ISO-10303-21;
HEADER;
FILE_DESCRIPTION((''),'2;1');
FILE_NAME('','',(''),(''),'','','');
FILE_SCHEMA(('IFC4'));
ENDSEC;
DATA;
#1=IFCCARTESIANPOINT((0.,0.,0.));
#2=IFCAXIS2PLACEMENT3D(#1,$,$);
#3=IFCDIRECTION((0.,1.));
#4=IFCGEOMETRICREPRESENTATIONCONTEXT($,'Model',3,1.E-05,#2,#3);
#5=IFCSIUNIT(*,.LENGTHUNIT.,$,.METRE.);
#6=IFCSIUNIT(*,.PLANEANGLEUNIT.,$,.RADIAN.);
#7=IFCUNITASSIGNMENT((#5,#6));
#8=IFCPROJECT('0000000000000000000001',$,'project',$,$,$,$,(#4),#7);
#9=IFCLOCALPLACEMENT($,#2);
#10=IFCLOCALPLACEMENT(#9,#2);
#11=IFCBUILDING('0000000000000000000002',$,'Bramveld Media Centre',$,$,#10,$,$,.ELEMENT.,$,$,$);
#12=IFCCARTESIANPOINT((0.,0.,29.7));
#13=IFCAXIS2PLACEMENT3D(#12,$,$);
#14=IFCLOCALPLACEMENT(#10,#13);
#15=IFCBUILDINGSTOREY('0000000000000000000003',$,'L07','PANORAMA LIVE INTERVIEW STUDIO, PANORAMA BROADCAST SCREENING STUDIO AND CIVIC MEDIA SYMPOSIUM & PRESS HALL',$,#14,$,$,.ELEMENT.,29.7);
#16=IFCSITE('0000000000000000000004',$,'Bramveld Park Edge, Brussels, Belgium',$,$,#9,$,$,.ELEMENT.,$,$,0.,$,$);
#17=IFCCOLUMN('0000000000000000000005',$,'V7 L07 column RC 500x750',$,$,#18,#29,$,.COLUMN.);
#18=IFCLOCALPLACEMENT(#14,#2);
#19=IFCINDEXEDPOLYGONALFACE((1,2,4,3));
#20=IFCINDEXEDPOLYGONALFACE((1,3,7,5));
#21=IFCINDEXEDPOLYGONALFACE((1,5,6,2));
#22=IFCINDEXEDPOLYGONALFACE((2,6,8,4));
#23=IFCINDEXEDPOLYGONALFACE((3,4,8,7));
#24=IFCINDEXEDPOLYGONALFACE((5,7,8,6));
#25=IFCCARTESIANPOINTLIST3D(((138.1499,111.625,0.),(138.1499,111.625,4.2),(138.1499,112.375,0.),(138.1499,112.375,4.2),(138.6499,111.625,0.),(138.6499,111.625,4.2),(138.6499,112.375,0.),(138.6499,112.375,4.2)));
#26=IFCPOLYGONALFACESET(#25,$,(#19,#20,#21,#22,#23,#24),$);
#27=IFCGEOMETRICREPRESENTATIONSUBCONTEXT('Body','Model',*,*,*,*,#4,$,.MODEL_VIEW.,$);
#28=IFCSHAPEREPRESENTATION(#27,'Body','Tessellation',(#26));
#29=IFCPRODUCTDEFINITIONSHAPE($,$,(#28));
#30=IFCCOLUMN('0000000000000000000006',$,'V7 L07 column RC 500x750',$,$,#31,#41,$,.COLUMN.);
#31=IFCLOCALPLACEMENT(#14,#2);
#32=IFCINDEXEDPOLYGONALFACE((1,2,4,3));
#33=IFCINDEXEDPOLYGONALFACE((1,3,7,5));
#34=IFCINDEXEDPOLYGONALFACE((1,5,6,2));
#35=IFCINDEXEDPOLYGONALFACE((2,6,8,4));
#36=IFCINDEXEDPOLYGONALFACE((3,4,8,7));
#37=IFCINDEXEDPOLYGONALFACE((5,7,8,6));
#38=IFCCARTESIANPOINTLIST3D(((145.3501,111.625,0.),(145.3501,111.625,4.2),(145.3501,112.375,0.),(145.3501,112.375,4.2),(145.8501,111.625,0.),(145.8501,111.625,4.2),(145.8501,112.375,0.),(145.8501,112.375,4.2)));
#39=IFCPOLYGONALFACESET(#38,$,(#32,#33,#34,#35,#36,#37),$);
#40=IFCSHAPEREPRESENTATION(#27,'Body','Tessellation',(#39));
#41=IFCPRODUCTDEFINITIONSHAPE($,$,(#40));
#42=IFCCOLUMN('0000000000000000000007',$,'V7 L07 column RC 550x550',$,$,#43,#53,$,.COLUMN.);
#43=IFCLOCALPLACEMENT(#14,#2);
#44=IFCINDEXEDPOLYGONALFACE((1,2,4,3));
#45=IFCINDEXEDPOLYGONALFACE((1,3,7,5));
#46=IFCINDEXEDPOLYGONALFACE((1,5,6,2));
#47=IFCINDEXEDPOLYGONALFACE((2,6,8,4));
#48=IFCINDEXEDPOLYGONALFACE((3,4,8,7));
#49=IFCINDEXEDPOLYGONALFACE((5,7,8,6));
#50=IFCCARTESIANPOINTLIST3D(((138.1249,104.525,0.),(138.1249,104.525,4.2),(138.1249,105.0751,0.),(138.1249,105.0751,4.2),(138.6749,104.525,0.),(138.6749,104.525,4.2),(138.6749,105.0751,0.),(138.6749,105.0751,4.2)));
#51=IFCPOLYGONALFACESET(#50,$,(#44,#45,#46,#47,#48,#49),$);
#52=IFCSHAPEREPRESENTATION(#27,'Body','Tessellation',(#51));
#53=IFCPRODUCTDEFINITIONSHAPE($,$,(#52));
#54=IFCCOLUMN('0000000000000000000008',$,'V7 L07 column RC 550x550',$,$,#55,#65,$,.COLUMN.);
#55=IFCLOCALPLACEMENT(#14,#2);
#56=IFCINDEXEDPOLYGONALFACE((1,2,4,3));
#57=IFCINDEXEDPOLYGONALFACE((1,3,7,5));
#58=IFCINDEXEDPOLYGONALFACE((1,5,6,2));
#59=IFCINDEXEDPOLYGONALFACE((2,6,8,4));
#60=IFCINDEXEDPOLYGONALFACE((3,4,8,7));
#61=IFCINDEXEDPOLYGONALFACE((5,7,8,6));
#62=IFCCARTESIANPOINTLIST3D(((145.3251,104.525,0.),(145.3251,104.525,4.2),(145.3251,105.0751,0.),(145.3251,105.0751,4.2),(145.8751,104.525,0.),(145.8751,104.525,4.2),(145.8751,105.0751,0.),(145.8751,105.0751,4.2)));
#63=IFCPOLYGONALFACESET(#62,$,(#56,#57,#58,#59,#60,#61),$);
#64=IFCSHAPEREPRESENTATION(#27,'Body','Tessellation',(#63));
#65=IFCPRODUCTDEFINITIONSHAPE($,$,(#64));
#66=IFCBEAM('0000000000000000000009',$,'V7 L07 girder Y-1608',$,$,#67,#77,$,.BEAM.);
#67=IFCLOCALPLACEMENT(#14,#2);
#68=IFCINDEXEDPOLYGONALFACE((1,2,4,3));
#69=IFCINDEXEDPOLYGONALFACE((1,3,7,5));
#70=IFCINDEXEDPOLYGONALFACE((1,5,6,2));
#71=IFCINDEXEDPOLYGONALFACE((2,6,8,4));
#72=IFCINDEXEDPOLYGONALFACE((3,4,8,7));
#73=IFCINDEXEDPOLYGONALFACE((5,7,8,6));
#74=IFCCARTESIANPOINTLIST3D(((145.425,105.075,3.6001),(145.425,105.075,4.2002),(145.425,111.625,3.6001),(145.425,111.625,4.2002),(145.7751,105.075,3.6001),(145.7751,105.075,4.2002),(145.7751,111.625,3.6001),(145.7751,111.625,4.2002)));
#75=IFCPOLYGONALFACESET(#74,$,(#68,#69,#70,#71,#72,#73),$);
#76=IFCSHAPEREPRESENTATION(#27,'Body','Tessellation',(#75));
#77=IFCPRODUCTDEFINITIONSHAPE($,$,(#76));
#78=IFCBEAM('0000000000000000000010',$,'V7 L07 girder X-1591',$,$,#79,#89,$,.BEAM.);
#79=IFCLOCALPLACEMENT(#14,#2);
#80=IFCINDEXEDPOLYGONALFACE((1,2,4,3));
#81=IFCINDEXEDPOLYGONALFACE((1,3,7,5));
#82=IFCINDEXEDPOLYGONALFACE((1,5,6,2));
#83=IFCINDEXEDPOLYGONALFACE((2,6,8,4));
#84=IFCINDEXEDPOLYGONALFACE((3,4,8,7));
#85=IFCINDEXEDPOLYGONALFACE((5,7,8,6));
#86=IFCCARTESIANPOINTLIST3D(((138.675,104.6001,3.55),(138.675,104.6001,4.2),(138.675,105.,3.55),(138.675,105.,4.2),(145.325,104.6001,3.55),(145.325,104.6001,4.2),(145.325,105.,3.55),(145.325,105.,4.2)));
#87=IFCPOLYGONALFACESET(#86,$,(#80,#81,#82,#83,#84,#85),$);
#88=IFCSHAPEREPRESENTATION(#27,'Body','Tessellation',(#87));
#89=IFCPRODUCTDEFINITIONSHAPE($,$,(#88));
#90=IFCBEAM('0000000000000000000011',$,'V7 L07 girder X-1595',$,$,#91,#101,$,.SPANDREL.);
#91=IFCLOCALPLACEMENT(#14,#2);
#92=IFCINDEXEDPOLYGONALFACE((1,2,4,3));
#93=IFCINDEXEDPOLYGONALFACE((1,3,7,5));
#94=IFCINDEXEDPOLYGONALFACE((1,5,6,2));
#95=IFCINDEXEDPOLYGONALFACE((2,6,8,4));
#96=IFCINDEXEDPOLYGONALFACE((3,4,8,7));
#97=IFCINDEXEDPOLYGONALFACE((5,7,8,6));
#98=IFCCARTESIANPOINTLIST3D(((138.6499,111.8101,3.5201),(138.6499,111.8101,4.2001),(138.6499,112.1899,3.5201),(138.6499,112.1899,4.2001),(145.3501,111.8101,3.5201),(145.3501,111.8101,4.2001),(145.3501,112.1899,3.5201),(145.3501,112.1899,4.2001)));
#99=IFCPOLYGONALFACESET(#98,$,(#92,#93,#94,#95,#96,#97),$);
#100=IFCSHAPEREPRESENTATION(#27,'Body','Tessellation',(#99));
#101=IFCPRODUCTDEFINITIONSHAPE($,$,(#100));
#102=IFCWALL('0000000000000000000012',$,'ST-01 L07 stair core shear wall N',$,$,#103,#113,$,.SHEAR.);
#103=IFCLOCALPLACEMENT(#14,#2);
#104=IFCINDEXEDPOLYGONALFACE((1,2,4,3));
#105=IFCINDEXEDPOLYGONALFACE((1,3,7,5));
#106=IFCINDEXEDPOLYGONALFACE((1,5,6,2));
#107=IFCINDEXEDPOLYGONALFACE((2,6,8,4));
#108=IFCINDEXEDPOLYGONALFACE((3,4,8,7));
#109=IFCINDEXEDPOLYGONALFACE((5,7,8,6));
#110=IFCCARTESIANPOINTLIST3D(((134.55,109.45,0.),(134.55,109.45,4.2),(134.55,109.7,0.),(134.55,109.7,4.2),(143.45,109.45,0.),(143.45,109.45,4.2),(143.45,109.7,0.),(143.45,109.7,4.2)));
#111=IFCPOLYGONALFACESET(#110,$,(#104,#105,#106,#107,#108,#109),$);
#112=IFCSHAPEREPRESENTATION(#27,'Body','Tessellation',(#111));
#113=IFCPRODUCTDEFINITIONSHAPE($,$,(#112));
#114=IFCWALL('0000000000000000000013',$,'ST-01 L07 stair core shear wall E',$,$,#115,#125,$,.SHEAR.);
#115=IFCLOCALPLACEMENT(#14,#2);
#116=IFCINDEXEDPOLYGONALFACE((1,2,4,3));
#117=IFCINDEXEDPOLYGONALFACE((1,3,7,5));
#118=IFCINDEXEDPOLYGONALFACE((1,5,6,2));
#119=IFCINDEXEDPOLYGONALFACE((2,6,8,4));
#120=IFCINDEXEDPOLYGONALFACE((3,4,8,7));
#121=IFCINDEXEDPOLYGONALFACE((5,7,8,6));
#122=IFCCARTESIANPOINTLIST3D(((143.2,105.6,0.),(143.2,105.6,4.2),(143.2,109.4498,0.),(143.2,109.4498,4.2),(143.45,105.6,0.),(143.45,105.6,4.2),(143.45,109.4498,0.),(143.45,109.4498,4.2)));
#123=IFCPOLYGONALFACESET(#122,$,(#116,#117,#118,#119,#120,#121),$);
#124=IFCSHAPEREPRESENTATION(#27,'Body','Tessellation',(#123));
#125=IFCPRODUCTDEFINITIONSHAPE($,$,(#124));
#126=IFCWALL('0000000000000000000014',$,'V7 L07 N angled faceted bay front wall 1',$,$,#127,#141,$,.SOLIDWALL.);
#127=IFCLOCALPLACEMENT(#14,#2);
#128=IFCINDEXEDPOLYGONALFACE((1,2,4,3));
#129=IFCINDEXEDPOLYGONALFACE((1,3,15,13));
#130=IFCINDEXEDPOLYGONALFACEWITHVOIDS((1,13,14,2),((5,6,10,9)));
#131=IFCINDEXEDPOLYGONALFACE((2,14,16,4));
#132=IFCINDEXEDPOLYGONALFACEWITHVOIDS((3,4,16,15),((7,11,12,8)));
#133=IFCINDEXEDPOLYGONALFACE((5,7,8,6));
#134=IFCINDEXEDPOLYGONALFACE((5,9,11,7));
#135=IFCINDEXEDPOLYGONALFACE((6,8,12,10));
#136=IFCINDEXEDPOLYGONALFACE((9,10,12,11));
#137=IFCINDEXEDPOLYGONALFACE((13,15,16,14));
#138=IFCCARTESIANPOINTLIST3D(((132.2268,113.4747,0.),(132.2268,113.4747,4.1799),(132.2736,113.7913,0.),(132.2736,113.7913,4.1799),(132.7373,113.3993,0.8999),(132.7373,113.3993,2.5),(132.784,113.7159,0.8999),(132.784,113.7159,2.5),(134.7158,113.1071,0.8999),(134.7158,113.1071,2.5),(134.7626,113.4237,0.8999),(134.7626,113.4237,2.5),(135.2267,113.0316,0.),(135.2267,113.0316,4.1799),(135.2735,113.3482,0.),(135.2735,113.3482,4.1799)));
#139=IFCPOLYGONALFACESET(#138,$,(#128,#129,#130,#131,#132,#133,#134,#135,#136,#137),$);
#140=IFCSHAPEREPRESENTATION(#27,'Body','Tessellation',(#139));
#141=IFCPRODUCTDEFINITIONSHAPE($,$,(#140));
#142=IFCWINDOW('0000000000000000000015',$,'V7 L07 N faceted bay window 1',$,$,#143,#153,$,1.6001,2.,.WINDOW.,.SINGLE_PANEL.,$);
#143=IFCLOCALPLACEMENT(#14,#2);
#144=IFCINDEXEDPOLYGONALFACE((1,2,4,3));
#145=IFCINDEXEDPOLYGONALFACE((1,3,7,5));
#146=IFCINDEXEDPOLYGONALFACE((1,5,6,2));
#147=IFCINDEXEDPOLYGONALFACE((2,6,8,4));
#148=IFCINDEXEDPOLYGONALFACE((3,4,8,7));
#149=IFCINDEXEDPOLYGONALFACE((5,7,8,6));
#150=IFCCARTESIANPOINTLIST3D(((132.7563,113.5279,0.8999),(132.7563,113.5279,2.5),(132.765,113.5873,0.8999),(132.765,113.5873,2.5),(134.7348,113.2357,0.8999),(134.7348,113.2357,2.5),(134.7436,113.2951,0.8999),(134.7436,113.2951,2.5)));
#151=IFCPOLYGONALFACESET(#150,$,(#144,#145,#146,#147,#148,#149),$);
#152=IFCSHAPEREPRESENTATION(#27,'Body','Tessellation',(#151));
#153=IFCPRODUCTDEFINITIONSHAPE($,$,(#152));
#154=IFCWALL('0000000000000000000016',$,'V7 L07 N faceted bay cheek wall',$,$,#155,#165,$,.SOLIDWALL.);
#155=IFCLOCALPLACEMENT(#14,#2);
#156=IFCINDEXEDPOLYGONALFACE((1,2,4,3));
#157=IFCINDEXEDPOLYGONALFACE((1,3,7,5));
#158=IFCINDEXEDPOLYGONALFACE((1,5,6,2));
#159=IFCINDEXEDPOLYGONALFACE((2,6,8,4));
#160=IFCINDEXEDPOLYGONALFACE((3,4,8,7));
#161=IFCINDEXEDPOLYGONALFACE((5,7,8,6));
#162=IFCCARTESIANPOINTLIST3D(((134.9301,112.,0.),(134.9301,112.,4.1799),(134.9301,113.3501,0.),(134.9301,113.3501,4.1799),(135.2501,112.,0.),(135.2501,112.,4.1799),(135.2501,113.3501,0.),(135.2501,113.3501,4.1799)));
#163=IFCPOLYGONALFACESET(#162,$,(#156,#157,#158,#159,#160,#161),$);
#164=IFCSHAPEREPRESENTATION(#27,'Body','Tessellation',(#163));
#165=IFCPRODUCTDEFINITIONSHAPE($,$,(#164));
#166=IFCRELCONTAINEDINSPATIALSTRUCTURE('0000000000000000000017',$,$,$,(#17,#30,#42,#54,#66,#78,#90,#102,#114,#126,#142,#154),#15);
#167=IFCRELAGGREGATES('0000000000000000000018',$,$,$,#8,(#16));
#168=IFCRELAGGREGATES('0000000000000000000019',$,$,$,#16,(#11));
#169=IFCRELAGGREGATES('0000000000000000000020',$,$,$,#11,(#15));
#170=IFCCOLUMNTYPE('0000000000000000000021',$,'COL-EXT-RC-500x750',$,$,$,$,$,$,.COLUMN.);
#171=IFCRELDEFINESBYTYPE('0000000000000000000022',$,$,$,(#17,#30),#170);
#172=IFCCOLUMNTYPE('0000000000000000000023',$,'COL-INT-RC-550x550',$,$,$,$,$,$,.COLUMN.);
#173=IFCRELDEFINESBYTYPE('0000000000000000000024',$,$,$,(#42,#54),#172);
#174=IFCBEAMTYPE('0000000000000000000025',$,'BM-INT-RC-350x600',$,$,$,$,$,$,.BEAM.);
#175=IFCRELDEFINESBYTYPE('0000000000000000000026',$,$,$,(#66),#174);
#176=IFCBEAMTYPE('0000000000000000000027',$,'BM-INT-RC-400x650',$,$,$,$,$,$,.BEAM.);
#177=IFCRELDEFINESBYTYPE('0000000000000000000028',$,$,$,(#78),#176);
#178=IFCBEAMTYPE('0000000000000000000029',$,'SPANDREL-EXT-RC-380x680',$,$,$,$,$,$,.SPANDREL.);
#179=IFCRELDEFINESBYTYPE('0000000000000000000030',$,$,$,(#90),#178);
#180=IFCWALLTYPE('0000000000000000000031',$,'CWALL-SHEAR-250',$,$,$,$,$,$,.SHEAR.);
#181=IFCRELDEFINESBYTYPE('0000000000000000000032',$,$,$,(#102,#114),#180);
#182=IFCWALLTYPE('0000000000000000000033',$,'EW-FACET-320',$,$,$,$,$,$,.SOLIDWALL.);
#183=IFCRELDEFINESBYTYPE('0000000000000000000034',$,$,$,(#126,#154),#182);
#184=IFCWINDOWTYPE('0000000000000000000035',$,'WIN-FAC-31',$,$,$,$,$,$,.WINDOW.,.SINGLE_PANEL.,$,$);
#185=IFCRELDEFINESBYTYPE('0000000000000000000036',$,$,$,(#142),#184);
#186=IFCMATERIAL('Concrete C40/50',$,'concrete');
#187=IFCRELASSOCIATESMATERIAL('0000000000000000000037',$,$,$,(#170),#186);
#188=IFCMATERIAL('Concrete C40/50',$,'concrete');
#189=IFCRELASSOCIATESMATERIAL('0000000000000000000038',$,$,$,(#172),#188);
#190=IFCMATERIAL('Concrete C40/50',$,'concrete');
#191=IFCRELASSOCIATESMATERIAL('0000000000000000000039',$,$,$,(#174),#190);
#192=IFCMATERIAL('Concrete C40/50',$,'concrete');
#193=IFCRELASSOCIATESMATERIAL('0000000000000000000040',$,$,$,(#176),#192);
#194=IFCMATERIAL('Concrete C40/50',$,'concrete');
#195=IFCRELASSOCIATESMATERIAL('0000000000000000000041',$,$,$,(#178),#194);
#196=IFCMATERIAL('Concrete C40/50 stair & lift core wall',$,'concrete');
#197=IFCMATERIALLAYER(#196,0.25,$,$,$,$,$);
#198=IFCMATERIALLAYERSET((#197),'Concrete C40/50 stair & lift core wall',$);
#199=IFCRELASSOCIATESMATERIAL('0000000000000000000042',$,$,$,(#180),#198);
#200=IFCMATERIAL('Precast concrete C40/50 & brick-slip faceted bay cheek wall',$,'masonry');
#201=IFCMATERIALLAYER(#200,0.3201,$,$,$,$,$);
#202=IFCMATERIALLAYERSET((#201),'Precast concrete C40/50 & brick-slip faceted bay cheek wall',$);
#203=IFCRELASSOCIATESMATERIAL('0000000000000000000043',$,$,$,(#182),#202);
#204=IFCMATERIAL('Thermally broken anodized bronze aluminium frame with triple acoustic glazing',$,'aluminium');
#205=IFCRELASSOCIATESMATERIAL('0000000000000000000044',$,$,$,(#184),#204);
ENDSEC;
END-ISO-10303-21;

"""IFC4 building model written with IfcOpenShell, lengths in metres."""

from ifc_helpers import new_model, si_unit, direction, frame, frame_2d, origin, origin_2d, place, context, subcontext, project, spatial, rectangle, extrude, material, layer, layer_set, material_profile, profile_set, type_object, element, fill, save


model = new_model("IFC4")

# Units and contexts
model_context = context("Model", 3, precision=1e-05, world=origin(), true_north=direction((0.0, 1.0)))
body_context = subcontext(model_context, "Body", "Model", "MODEL_VIEW")
ifc_project = project(units=[si_unit("LENGTHUNIT", "METRE"), si_unit("PLANEANGLEUNIT", "RADIAN")], contexts=[model_context])

# Site, building, storey
site_placement = place(None, origin())
site = spatial("IfcSite", under=ifc_project, at=site_placement, Name="Bramveld Park Edge, Brussels, Belgium", CompositionType="ELEMENT", RefElevation=0.0)
building_placement = place(site_placement, origin())
building = spatial("IfcBuilding", under=site, at=building_placement, Name="Bramveld Media Centre", CompositionType="ELEMENT")
storey_placement = place(building_placement, frame((0.0, 0.0, 29.7)))
storey = spatial("IfcBuildingStorey", under=building, at=storey_placement, Name="L07", Description="PANORAMA LIVE INTERVIEW STUDIO, PANORAMA BROADCAST SCREENING STUDIO AND CIVIC MEDIA SYMPOSIUM & PRESS HALL", CompositionType="ELEMENT", Elevation=29.7)

# Columns
ifc_material_1 = material(Name="Concrete C40/50", Category="concrete")
ifc_material_profile_1 = material_profile(ifc_material_1, rectangle(XDim=0.5, YDim=0.75, at=origin_2d()), Name="RC 500x750")
ifc_profile_set_1 = profile_set([ifc_material_profile_1], Name="Concrete C40/50")
column_type_1 = type_object("IfcColumnType", Name="COL-EXT-RC-500x750", PredefinedType="COLUMN", material=ifc_profile_set_1)
for number, where, z_axis, x_axis, name in (
    (1, (138.3999, 112.0, 0.0), (0.0, 0.0, 1.0), (1.0, 0.0, 0.0), "V7 L07 column RC 500x750"),
    (2, (145.6001, 112.0, 0.0), (0.0, 0.0, 1.0), (1.0, 0.0, 0.0), "V7 L07 column RC 500x750"),
):
    element("IfcColumn", number, at=place(storey_placement, frame(where, z_axis=z_axis, x_axis=x_axis)), inside=storey, type_object=column_type_1, Name=name, PredefinedType="COLUMN", context=body_context, shape_type="SweptSolid", body=[
        extrude(rectangle(XDim=0.5, YDim=0.75, at=origin_2d()), origin(), (0.0, 0.0, 1.0), 4.2),
    ])
ifc_material_2 = material(Name="Concrete C40/50", Category="concrete")
ifc_material_profile_2 = material_profile(ifc_material_2, rectangle(XDim=0.55, YDim=0.55, at=origin_2d()), Name="RC 550x550")
ifc_profile_set_2 = profile_set([ifc_material_profile_2], Name="Concrete C40/50")
column_type_2 = type_object("IfcColumnType", Name="COL-INT-RC-550x550", PredefinedType="COLUMN", material=ifc_profile_set_2)
for number, where, z_axis, x_axis, name in (
    (3, (138.3999, 104.8, 0.0), (0.0, 0.0, 1.0), (1.0, 0.0, 0.0), "V7 L07 column RC 550x550"),
    (4, (145.6001, 104.8, 0.0), (0.0, 0.0, 1.0), (1.0, 0.0, 0.0), "V7 L07 column RC 550x550"),
):
    element("IfcColumn", number, at=place(storey_placement, frame(where, z_axis=z_axis, x_axis=x_axis)), inside=storey, type_object=column_type_2, Name=name, PredefinedType="COLUMN", context=body_context, shape_type="SweptSolid", body=[
        extrude(rectangle(XDim=0.55, YDim=0.55, at=origin_2d()), origin(), (0.0, 0.0, 1.0), 4.2),
    ])

# Beams
ifc_material_3 = material(Name="Concrete C40/50", Category="concrete")
ifc_material_profile_3 = material_profile(ifc_material_3, rectangle(XDim=0.3501, YDim=0.6001, at=origin_2d()), Name="RC 350x600")
ifc_profile_set_3 = profile_set([ifc_material_profile_3], Name="Concrete C40/50")
beam_type_1 = type_object("IfcBeamType", Name="BM-INT-RC-350x600", PredefinedType="BEAM", material=ifc_profile_set_3)
beam_1_placement = place(storey_placement, frame((145.6001, 105.075, 3.9001), z_axis=(0.0, 1.0, 0.0), x_axis=(-1.0, 0.0, 0.0)))
element("IfcBeam", 5, at=beam_1_placement, inside=storey, type_object=beam_type_1, Name="V7 L07 girder Y-1608", PredefinedType="BEAM", context=body_context, shape_type="SweptSolid", body=[
    extrude(rectangle(XDim=0.3501, YDim=0.6001, at=origin_2d()), origin(), (0.0, 0.0, 1.0), 6.55),
])
ifc_material_4 = material(Name="Concrete C40/50", Category="concrete")
ifc_material_profile_4 = material_profile(ifc_material_4, rectangle(XDim=0.3999, YDim=0.6499, at=origin_2d()), Name="RC 400x650")
ifc_profile_set_4 = profile_set([ifc_material_profile_4], Name="Concrete C40/50")
beam_type_2 = type_object("IfcBeamType", Name="BM-INT-RC-400x650", PredefinedType="BEAM", material=ifc_profile_set_4)
beam_2_placement = place(storey_placement, frame((138.675, 104.8, 3.875), z_axis=(1.0, 0.0, 0.0), x_axis=(0.0, 1.0, 0.0)))
element("IfcBeam", 6, at=beam_2_placement, inside=storey, type_object=beam_type_2, Name="V7 L07 girder X-1591", PredefinedType="BEAM", context=body_context, shape_type="SweptSolid", body=[
    extrude(rectangle(XDim=0.3999, YDim=0.6499, at=origin_2d()), origin(), (0.0, 0.0, 1.0), 6.6499),
])
ifc_material_5 = material(Name="Concrete C40/50", Category="concrete")
ifc_material_profile_5 = material_profile(ifc_material_5, rectangle(XDim=0.3799, YDim=0.6799, at=origin_2d()), Name="RC 380x680")
ifc_profile_set_5 = profile_set([ifc_material_profile_5], Name="Concrete C40/50")
beam_type_3 = type_object("IfcBeamType", Name="SPANDREL-EXT-RC-380x680", PredefinedType="SPANDREL", material=ifc_profile_set_5)
beam_3_placement = place(storey_placement, frame((138.6499, 112.0, 3.8601), z_axis=(1.0, 0.0, 0.0), x_axis=(0.0, 1.0, 0.0)))
element("IfcBeam", 7, at=beam_3_placement, inside=storey, type_object=beam_type_3, Name="V7 L07 girder X-1595", PredefinedType="SPANDREL", context=body_context, shape_type="SweptSolid", body=[
    extrude(rectangle(XDim=0.3799, YDim=0.6799, at=origin_2d()), origin(), (0.0, 0.0, 1.0), 6.7002),
])

# Walls
ifc_material_6 = material(Name="Concrete C40/50 stair & lift core wall", Category="concrete")
ifc_layer_1 = layer(ifc_material_6, 0.25)
ifc_layer_set_1 = layer_set([ifc_layer_1], Name="Concrete C40/50 stair & lift core wall")
wall_type_1 = type_object("IfcWallType", Name="CWALL-SHEAR-250", PredefinedType="SHEAR", material=ifc_layer_set_1)
wall_1_placement = place(storey_placement, frame((143.45, 109.575, 0.0), z_axis=(0.0, 0.0, 1.0), x_axis=(-1.0, 0.0, 0.0)))
element("IfcWall", 8, at=wall_1_placement, inside=storey, type_object=wall_type_1, Name="ST-01 L07 stair core shear wall N", PredefinedType="SHEAR", context=body_context, shape_type="SweptSolid", body=[
    extrude(rectangle(XDim=8.8999, YDim=0.25, at=frame_2d((4.45, 0.0))), origin(), (0.0, 0.0, 1.0), 4.2),
])
wall_2_placement = place(storey_placement, frame((143.325, 105.6001, 0.0), z_axis=(0.0, 0.0, 1.0), x_axis=(0.0, 1.0, 0.0)))
element("IfcWall", 9, at=wall_2_placement, inside=storey, type_object=wall_type_1, Name="ST-01 L07 stair core shear wall E", PredefinedType="SHEAR", context=body_context, shape_type="SweptSolid", body=[
    extrude(rectangle(XDim=3.8499, YDim=0.25, at=frame_2d((1.9248, 0.0))), origin(), (0.0, 0.0, 1.0), 4.2),
])

# Wall, opening, window
ifc_material_7 = material(Name="Precast concrete C40/50 & brick-slip faceted bay cheek wall", Category="masonry")
ifc_layer_2 = layer(ifc_material_7, 0.3201)
ifc_layer_set_2 = layer_set([ifc_layer_2], Name="Precast concrete C40/50 & brick-slip faceted bay cheek wall")
wall_type_2 = type_object("IfcWallType", Name="EW-FACET-320", PredefinedType="SOLIDWALL", material=ifc_layer_set_2)
wall_3_placement = place(storey_placement, frame((135.25, 113.1899, 0.0), z_axis=(0.0, 0.0, 1.0), x_axis=(-0.989267, 0.14612, 0.0)))
wall_3 = element("IfcWall", 10, at=wall_3_placement, inside=storey, type_object=wall_type_2, Name="V7 L07 N angled faceted bay front wall 1", PredefinedType="SOLIDWALL", context=body_context, shape_type="SweptSolid", body=[
    extrude(rectangle(XDim=3.0325, YDim=0.3201, at=frame_2d((1.5161, 0.0))), origin(), (0.0, 0.0, 1.0), 4.1799),
])
opening_1_placement = place(wall_3_placement, frame((0.5164, 0.0, 0.8999)))
opening_1 = element("IfcOpeningElement", 11, at=opening_1_placement, cuts=wall_3, PredefinedType="OPENING", context=body_context, shape_type="SweptSolid", body=[
    extrude(rectangle(XDim=2.0, YDim=1.6001, at=frame_2d((1.0, 0.8))), frame((0.0, 0.1719, 0.0), z_axis=(0.0, -1.0, 0.0), x_axis=(1.0, 0.0, 0.0)), (0.0, 0.0, 1.0), 0.344),
])
ifc_material_8 = material(Name="Thermally broken anodized bronze aluminium frame with triple acoustic glazing", Category="aluminium")
window_type_1 = type_object("IfcWindowType", Name="WIN-FAC-31", PartitioningType="SINGLE_PANEL", PredefinedType="WINDOW", material=ifc_material_8)
window_1_placement = place(opening_1_placement, origin())
window_1 = element("IfcWindow", 12, at=window_1_placement, inside=storey, type_object=window_type_1, Name="V7 L07 N faceted bay window 1", OverallHeight=1.6001, OverallWidth=2.0, PartitioningType="SINGLE_PANEL", PredefinedType="WINDOW", context=body_context, shape_type="SweptSolid", body=[
    extrude(rectangle(XDim=2.0, YDim=1.6001, at=frame_2d((1.0, 0.8))), frame((0.0, 0.03, 0.0), z_axis=(0.0, -1.0, 0.0), x_axis=(1.0, 0.0, 0.0)), (0.0, 0.0, 1.0), 0.0601),
])
fill(opening_1, window_1)

# Wall
wall_4_placement = place(storey_placement, frame((135.0901, 112.0, 0.0), z_axis=(0.0, 0.0, 1.0), x_axis=(0.0, 1.0, 0.0)))
element("IfcWall", 13, at=wall_4_placement, inside=storey, type_object=wall_type_2, Name="V7 L07 N faceted bay cheek wall", PredefinedType="SOLIDWALL", context=body_context, shape_type="SweptSolid", body=[
    extrude(rectangle(XDim=1.3501, YDim=0.3201, at=frame_2d((0.675, 0.0))), origin(), (0.0, 0.0, 1.0), 4.1799),
])

save(model, "model.ifc")
